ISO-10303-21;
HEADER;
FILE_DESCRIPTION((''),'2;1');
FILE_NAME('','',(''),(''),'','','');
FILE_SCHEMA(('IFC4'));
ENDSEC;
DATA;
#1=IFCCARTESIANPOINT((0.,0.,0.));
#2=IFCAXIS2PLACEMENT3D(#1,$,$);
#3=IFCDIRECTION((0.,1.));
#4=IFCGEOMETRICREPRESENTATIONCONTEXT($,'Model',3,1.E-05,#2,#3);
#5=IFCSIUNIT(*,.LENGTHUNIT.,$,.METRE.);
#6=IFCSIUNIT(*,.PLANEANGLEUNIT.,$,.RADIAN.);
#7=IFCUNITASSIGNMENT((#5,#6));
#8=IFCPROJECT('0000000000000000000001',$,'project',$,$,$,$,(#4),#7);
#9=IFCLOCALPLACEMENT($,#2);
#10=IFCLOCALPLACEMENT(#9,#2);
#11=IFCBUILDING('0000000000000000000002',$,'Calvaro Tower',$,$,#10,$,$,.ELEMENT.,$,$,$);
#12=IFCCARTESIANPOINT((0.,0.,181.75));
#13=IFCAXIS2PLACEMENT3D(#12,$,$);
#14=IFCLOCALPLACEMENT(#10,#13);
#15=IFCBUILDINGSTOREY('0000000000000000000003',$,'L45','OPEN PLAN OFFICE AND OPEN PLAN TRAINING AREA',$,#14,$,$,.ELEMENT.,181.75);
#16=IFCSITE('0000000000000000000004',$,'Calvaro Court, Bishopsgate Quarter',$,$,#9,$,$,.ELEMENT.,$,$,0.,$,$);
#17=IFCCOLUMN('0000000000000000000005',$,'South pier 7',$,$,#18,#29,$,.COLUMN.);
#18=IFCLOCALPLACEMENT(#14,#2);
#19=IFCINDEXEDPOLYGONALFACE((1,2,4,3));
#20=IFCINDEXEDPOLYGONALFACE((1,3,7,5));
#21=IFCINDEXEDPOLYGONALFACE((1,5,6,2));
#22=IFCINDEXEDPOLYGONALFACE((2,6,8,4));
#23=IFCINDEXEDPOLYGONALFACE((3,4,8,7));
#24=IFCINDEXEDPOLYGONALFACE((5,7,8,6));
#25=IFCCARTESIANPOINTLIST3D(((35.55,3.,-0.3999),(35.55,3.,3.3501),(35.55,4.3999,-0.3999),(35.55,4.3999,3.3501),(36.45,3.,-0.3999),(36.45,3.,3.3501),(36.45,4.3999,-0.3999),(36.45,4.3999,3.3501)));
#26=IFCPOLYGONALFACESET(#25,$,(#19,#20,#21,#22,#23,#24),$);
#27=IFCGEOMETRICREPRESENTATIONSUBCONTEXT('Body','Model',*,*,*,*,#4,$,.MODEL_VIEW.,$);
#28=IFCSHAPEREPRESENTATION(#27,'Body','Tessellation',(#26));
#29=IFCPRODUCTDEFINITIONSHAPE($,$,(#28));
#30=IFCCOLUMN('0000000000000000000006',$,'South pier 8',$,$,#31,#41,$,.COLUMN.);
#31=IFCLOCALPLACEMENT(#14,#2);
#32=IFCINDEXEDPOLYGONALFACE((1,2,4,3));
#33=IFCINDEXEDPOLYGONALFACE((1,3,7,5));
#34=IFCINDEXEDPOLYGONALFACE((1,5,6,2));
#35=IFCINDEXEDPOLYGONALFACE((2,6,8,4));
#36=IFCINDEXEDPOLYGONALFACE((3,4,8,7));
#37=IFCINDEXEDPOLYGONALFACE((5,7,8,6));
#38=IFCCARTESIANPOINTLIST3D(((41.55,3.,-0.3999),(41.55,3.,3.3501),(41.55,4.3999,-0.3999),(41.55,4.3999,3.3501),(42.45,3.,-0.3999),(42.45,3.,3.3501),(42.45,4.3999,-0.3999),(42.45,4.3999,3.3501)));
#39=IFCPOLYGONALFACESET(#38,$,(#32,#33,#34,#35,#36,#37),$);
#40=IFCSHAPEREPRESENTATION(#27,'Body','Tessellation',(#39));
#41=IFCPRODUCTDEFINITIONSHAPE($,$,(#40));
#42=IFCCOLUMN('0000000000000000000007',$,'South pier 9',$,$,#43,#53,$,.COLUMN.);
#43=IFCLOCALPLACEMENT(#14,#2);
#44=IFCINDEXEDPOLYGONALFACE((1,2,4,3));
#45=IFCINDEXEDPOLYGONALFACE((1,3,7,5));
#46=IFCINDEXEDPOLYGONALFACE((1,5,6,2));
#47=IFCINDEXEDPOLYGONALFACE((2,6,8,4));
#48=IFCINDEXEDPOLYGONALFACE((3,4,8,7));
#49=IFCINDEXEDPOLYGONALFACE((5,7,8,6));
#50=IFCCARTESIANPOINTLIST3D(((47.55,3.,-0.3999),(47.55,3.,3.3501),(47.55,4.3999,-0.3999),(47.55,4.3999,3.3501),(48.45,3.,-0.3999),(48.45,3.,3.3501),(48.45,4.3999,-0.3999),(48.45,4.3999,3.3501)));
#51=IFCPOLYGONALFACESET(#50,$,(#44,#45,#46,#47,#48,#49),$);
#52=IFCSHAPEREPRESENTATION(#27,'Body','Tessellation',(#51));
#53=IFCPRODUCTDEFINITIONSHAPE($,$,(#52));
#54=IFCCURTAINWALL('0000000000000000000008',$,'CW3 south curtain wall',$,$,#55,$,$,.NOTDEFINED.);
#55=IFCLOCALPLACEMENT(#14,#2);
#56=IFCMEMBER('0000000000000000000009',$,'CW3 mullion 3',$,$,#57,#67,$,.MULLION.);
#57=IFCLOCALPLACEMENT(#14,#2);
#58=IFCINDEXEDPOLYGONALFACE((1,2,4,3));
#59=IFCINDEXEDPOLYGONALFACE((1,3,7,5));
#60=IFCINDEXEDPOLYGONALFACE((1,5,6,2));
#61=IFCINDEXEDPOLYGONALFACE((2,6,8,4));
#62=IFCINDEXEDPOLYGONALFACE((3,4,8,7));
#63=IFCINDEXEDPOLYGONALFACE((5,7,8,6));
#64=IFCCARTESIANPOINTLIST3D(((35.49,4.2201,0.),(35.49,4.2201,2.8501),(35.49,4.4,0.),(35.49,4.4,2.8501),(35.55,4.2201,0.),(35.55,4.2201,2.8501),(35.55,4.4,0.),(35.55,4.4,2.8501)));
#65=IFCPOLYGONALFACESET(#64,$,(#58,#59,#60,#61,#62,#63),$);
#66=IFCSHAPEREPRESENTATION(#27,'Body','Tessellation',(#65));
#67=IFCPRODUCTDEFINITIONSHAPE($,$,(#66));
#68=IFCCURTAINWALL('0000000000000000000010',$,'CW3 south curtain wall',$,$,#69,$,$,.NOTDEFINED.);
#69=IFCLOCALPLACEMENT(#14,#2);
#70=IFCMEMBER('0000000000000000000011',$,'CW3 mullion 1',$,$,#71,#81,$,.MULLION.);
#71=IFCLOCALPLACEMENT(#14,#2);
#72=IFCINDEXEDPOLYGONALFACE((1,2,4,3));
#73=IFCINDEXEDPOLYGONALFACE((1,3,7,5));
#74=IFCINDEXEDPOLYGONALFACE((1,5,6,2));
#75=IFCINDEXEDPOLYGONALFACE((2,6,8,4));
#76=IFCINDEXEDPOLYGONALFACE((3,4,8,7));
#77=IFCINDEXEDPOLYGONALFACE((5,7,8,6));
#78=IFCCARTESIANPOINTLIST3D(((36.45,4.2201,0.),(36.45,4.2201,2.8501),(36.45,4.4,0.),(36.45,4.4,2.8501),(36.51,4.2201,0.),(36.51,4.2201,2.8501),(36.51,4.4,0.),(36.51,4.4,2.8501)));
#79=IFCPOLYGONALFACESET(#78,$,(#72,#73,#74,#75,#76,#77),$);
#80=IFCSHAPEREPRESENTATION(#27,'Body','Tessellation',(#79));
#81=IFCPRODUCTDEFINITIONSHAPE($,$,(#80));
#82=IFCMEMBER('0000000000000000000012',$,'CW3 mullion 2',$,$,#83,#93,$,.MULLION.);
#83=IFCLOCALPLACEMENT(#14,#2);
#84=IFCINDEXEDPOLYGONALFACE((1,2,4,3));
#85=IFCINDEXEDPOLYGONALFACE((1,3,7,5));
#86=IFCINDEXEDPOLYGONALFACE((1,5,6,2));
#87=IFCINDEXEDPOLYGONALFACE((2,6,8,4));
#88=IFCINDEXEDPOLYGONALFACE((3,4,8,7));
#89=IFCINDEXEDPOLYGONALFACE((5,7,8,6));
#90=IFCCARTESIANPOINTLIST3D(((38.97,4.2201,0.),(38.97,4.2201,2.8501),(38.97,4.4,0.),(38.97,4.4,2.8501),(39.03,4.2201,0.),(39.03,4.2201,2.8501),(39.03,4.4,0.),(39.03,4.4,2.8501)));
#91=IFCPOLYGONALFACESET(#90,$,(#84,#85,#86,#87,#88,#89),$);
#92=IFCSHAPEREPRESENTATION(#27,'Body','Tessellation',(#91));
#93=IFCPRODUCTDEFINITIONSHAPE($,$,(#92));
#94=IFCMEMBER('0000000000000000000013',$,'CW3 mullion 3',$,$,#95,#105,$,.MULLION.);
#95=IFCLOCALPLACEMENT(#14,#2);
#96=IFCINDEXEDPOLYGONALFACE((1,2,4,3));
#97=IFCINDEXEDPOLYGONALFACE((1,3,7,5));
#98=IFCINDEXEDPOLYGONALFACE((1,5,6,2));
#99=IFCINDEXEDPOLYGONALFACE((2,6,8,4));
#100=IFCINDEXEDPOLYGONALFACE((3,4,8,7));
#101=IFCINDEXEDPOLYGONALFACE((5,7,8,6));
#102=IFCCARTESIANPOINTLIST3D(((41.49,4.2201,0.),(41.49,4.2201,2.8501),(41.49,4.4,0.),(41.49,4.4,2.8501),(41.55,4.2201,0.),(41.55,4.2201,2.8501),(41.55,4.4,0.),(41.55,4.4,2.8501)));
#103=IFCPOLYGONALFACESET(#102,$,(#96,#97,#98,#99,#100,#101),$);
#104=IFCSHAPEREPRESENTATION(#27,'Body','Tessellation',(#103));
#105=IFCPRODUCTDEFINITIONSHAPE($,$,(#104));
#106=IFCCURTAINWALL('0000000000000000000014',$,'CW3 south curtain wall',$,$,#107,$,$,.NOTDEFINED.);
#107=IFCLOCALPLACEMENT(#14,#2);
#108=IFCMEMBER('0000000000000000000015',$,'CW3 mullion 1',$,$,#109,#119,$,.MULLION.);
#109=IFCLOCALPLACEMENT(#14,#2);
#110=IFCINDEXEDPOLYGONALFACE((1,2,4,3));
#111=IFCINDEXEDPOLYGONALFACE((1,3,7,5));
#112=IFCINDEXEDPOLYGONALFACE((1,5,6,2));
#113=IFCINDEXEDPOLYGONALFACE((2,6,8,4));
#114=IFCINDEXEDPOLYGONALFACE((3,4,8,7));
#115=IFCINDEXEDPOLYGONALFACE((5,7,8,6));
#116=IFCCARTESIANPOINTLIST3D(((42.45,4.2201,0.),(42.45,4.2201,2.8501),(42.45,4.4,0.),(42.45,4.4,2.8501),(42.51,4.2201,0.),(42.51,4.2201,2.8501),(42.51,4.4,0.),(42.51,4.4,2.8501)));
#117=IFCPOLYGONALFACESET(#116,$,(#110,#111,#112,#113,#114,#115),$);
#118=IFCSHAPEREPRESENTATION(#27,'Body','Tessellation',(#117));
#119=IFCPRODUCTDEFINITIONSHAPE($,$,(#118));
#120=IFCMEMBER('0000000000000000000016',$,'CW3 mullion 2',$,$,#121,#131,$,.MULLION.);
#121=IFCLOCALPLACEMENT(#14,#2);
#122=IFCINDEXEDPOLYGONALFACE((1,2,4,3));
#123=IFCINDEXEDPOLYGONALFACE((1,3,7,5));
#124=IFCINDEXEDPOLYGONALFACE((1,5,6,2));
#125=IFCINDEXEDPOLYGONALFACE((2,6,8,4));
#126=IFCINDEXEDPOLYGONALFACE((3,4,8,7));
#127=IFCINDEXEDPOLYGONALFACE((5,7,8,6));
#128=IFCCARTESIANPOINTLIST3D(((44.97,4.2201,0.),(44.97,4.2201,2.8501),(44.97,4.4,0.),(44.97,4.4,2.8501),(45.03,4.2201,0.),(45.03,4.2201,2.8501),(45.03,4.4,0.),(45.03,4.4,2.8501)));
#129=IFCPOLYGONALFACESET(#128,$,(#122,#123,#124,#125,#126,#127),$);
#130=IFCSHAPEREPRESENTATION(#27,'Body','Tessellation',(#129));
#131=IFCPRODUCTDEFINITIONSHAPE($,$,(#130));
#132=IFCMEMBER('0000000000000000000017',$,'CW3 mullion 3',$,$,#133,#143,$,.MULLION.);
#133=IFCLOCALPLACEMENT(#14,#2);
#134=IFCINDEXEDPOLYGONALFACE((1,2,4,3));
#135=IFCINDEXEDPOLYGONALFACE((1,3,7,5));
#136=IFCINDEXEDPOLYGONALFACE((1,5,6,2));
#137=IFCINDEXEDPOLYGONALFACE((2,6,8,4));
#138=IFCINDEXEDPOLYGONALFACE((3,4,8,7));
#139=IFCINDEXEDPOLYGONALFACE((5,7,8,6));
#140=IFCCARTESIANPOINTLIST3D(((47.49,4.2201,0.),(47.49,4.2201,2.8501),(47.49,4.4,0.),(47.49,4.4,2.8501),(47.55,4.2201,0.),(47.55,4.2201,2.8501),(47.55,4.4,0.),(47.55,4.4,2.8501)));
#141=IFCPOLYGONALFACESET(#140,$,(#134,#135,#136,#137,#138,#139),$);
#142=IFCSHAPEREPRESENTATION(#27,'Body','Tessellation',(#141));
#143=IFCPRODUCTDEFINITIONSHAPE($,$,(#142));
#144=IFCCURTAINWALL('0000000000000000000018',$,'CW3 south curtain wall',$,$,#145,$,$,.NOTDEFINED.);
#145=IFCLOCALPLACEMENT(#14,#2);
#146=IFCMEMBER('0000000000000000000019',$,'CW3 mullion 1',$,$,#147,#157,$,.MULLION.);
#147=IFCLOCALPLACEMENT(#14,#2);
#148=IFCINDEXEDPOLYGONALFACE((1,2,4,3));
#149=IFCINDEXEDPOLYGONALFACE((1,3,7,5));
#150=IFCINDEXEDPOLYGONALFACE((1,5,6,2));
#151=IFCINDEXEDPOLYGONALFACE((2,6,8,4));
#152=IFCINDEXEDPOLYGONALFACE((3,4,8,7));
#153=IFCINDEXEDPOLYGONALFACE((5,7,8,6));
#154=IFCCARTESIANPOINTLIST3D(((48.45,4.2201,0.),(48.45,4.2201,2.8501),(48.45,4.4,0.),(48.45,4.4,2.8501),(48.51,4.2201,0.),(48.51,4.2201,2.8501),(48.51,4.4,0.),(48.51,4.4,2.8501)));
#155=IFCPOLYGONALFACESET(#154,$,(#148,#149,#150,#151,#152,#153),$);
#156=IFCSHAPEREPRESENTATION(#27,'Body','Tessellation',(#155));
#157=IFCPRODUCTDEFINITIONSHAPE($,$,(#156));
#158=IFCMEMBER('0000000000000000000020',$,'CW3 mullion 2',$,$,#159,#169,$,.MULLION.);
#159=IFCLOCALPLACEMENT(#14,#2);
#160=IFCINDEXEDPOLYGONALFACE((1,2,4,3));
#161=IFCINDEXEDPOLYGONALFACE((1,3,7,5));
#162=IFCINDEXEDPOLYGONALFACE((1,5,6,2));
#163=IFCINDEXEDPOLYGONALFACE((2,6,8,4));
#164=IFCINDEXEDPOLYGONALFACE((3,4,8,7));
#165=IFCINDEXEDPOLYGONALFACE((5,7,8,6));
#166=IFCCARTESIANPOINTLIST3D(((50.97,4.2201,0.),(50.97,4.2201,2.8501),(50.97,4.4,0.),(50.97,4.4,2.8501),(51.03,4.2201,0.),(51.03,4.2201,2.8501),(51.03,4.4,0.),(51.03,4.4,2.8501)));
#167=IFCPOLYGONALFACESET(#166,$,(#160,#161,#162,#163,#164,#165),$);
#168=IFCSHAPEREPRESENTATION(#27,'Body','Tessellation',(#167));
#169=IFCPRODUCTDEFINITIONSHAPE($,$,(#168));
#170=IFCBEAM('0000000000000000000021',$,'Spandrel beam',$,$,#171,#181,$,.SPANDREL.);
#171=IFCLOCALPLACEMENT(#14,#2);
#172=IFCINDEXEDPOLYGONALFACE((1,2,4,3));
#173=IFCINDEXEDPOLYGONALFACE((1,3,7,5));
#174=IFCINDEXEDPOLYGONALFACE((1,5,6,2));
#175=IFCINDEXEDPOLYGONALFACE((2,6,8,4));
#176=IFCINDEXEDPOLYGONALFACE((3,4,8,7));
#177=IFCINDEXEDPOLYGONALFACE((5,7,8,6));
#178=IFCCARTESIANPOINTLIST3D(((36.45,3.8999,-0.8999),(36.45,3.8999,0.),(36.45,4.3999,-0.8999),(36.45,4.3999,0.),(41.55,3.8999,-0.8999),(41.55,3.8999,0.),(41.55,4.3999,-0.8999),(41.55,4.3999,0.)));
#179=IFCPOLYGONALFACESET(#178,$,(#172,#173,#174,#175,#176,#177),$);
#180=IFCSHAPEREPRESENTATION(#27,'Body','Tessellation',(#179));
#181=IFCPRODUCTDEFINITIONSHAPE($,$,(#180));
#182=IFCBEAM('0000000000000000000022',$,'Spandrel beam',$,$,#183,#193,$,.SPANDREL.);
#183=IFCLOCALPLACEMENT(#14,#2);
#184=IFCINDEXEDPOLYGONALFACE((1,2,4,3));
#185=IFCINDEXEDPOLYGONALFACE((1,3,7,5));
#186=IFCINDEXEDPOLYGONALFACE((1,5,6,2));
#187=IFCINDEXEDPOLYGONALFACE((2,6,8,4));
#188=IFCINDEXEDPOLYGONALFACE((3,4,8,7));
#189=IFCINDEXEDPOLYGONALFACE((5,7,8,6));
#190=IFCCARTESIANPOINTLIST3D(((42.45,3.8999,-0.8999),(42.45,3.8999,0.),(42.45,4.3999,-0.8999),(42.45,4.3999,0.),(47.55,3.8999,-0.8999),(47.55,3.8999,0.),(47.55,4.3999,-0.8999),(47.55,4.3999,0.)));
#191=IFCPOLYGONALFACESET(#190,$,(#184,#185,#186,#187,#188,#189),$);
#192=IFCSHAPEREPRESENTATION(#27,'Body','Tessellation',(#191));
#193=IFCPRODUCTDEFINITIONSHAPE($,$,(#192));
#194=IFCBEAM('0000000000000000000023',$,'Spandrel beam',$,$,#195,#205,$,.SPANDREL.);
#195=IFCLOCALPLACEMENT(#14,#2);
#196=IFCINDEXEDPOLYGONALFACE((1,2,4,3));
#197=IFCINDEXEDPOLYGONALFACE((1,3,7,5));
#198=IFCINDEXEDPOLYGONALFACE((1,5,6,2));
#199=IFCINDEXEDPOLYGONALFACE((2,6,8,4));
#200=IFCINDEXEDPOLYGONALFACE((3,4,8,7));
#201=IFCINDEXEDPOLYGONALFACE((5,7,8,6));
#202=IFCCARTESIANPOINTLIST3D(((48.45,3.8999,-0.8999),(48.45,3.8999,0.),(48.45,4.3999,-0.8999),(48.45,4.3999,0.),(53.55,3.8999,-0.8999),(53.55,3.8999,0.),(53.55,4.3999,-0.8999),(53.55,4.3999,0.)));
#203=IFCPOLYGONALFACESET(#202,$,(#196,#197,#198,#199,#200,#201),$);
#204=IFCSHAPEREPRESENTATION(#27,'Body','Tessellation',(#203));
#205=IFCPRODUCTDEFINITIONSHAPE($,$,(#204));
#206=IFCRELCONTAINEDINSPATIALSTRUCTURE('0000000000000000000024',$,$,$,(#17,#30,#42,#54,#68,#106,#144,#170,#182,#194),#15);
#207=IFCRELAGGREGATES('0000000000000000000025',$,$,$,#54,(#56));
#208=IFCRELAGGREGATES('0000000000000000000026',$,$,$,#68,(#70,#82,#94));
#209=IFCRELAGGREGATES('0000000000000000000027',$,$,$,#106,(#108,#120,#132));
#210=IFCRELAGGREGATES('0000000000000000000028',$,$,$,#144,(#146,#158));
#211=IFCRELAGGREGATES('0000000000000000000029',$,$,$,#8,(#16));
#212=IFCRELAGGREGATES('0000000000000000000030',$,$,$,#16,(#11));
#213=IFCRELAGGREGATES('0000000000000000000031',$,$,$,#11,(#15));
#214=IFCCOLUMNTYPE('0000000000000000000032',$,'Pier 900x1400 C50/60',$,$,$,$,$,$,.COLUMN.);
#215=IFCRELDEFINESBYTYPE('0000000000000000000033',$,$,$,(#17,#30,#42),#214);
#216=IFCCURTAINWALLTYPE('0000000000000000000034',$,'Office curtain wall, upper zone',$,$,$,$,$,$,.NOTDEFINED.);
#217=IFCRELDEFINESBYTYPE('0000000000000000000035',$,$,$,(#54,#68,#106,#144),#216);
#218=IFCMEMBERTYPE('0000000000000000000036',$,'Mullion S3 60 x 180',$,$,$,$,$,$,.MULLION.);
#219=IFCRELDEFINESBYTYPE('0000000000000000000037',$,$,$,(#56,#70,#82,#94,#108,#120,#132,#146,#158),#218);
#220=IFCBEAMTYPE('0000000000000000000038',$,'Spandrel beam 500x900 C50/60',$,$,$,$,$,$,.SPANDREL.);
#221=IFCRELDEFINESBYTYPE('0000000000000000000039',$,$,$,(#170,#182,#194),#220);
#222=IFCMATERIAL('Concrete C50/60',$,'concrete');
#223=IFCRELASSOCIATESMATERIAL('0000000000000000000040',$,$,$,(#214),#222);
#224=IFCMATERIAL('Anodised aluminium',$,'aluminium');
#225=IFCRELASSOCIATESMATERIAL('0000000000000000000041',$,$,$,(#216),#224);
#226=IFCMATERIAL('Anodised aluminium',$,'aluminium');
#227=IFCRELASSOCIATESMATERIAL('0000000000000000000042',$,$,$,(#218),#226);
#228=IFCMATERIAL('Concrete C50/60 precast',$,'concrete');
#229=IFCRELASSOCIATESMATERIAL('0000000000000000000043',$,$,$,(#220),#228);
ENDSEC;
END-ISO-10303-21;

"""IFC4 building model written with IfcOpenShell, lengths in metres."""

from ifc_helpers import new_model, si_unit, direction, frame, origin, origin_2d, place, context, subcontext, project, spatial, rectangle, extrude, material, material_profile, profile_set, type_object, element, aggregate, save


model = new_model("IFC4")

# Units and contexts
model_context = context("Model", 3, precision=1e-05, world=origin(), true_north=direction((0.0, 1.0)))
body_context = subcontext(model_context, "Body", "Model", "MODEL_VIEW")
ifc_project = project(units=[si_unit("LENGTHUNIT", "METRE"), si_unit("PLANEANGLEUNIT", "RADIAN")], contexts=[model_context])

# Site, building, storey
site_placement = place(None, origin())
site = spatial("IfcSite", under=ifc_project, at=site_placement, Name="Calvaro Court, Bishopsgate Quarter", CompositionType="ELEMENT", RefElevation=0.0)
building_placement = place(site_placement, origin())
building = spatial("IfcBuilding", under=site, at=building_placement, Name="Calvaro Tower", CompositionType="ELEMENT")
storey_placement = place(building_placement, frame((0.0, 0.0, 181.75)))
storey = spatial("IfcBuildingStorey", under=building, at=storey_placement, Name="L45", Description="OPEN PLAN OFFICE AND OPEN PLAN TRAINING AREA", CompositionType="ELEMENT", Elevation=181.75)

# Columns
ifc_material_1 = material(Name="Concrete C50/60", Category="concrete")
ifc_material_profile_1 = material_profile(ifc_material_1, rectangle(XDim=0.8999, YDim=1.3999, at=origin_2d()), Name="RC 900x1400")
ifc_profile_set_1 = profile_set([ifc_material_profile_1], Name="Concrete C50/60")
column_type = type_object("IfcColumnType", Name="Pier 900x1400 C50/60", PredefinedType="COLUMN", material=ifc_profile_set_1)
for number, where, z_axis, x_axis, name in (
    (1, (36.0, 3.7, -0.3999), (0.0, 0.0, 1.0), (1.0, 0.0, 0.0), "South pier 7"),
    (2, (42.0, 3.7, -0.3999), (0.0, 0.0, 1.0), (1.0, 0.0, 0.0), "South pier 8"),
    (3, (48.0, 3.7, -0.3999), (0.0, 0.0, 1.0), (1.0, 0.0, 0.0), "South pier 9"),
):
    element("IfcColumn", number, at=place(storey_placement, frame(where, z_axis=z_axis, x_axis=x_axis)), inside=storey, type_object=column_type, Name=name, PredefinedType="COLUMN", context=body_context, shape_type="SweptSolid", body=[
        extrude(rectangle(XDim=0.8999, YDim=1.3999, at=origin_2d()), origin(), (0.0, 0.0, 1.0), 3.75),
    ])

# Curtain wall, member
ifc_material_2 = material(Name="Anodised aluminium", Category="aluminium")
curtain_wall_type = type_object("IfcCurtainWallType", Name="Office curtain wall, upper zone", PredefinedType="NOTDEFINED", material=ifc_material_2)
curtain_wall_1_placement = place(storey_placement, origin())
curtain_wall_1 = element("IfcCurtainWall", 4, at=curtain_wall_1_placement, inside=storey, type_object=curtain_wall_type, Name="CW3 south curtain wall", PredefinedType="NOTDEFINED")
ifc_material_3 = material(Name="Anodised aluminium", Category="aluminium")
ifc_material_profile_2 = material_profile(ifc_material_3, rectangle(XDim=0.1799, YDim=0.0601, at=origin_2d()), Name="Mullion S3 60 x 180")
ifc_profile_set_2 = profile_set([ifc_material_profile_2], Name="Anodised aluminium")
member_type_1 = type_object("IfcMemberType", Name="Mullion S3 60 x 180", PredefinedType="MULLION", material=ifc_profile_set_2)
member_1_placement = place(storey_placement, frame((35.52, 4.3101, 0.0), z_axis=(0.0, 0.0, 1.0), x_axis=(0.0, 1.0, 0.0)))
member_1 = element("IfcMember", 5, at=member_1_placement, type_object=member_type_1, Name="CW3 mullion 3", PredefinedType="MULLION", context=body_context, shape_type="SweptSolid", body=[
    extrude(rectangle(XDim=0.1799, YDim=0.0601, at=origin_2d()), origin(), (0.0, 0.0, 1.0), 2.8501),
])
aggregate(curtain_wall_1, [member_1])

# Curtain walls, members
curtain_wall_2_placement = place(storey_placement, origin())
curtain_wall_2 = element("IfcCurtainWall", 6, at=curtain_wall_2_placement, inside=storey, type_object=curtain_wall_type, Name="CW3 south curtain wall", PredefinedType="NOTDEFINED")
member_2_placement = place(storey_placement, frame((36.48, 4.3101, 0.0), z_axis=(0.0, 0.0, 1.0), x_axis=(0.0, 1.0, 0.0)))
member_2 = element("IfcMember", 7, at=member_2_placement, type_object=member_type_1, Name="CW3 mullion 1", PredefinedType="MULLION", context=body_context, shape_type="SweptSolid", body=[
    extrude(rectangle(XDim=0.1799, YDim=0.0601, at=origin_2d()), origin(), (0.0, 0.0, 1.0), 2.8501),
])
member_3_placement = place(storey_placement, frame((39.0, 4.3101, 0.0), z_axis=(0.0, 0.0, 1.0), x_axis=(0.0, 1.0, 0.0)))
member_3 = element("IfcMember", 8, at=member_3_placement, type_object=member_type_1, Name="CW3 mullion 2", PredefinedType="MULLION", context=body_context, shape_type="SweptSolid", body=[
    extrude(rectangle(XDim=0.1799, YDim=0.0601, at=origin_2d()), origin(), (0.0, 0.0, 1.0), 2.8501),
])
member_4_placement = place(storey_placement, frame((41.52, 4.3101, 0.0), z_axis=(0.0, 0.0, 1.0), x_axis=(0.0, 1.0, 0.0)))
member_4 = element("IfcMember", 9, at=member_4_placement, type_object=member_type_1, Name="CW3 mullion 3", PredefinedType="MULLION", context=body_context, shape_type="SweptSolid", body=[
    extrude(rectangle(XDim=0.1799, YDim=0.0601, at=origin_2d()), origin(), (0.0, 0.0, 1.0), 2.8501),
])
curtain_wall_3_placement = place(storey_placement, origin())
curtain_wall_3 = element("IfcCurtainWall", 10, at=curtain_wall_3_placement, inside=storey, type_object=curtain_wall_type, Name="CW3 south curtain wall", PredefinedType="NOTDEFINED")
member_5_placement = place(storey_placement, frame((42.48, 4.3101, 0.0), z_axis=(0.0, 0.0, 1.0), x_axis=(0.0, 1.0, 0.0)))
member_5 = element("IfcMember", 11, at=member_5_placement, type_object=member_type_1, Name="CW3 mullion 1", PredefinedType="MULLION", context=body_context, shape_type="SweptSolid", body=[
    extrude(rectangle(XDim=0.1799, YDim=0.0601, at=origin_2d()), origin(), (0.0, 0.0, 1.0), 2.8501),
])
member_6_placement = place(storey_placement, frame((45.0, 4.3101, 0.0), z_axis=(0.0, 0.0, 1.0), x_axis=(0.0, 1.0, 0.0)))
member_6 = element("IfcMember", 12, at=member_6_placement, type_object=member_type_1, Name="CW3 mullion 2", PredefinedType="MULLION", context=body_context, shape_type="SweptSolid", body=[
    extrude(rectangle(XDim=0.1799, YDim=0.0601, at=origin_2d()), origin(), (0.0, 0.0, 1.0), 2.8501),
])
member_7_placement = place(storey_placement, frame((47.52, 4.3101, 0.0), z_axis=(0.0, 0.0, 1.0), x_axis=(0.0, 1.0, 0.0)))
member_7 = element("IfcMember", 13, at=member_7_placement, type_object=member_type_1, Name="CW3 mullion 3", PredefinedType="MULLION", context=body_context, shape_type="SweptSolid", body=[
    extrude(rectangle(XDim=0.1799, YDim=0.0601, at=origin_2d()), origin(), (0.0, 0.0, 1.0), 2.8501),
])
curtain_wall_4_placement = place(storey_placement, origin())
curtain_wall_4 = element("IfcCurtainWall", 14, at=curtain_wall_4_placement, inside=storey, type_object=curtain_wall_type, Name="CW3 south curtain wall", PredefinedType="NOTDEFINED")
member_8_placement = place(storey_placement, frame((48.48, 4.3101, 0.0), z_axis=(0.0, 0.0, 1.0), x_axis=(0.0, 1.0, 0.0)))
member_8 = element("IfcMember", 15, at=member_8_placement, type_object=member_type_1, Name="CW3 mullion 1", PredefinedType="MULLION", context=body_context, shape_type="SweptSolid", body=[
    extrude(rectangle(XDim=0.1799, YDim=0.0601, at=origin_2d()), origin(), (0.0, 0.0, 1.0), 2.8501),
])
member_9_placement = place(storey_placement, frame((51.0, 4.3101, 0.0), z_axis=(0.0, 0.0, 1.0), x_axis=(0.0, 1.0, 0.0)))
member_9 = element("IfcMember", 16, at=member_9_placement, type_object=member_type_1, Name="CW3 mullion 2", PredefinedType="MULLION", context=body_context, shape_type="SweptSolid", body=[
    extrude(rectangle(XDim=0.1799, YDim=0.0601, at=origin_2d()), origin(), (0.0, 0.0, 1.0), 2.8501),
])

# Beams
ifc_material_4 = material(Name="Concrete C50/60 precast", Category="concrete")
ifc_material_profile_3 = material_profile(ifc_material_4, rectangle(XDim=0.5, YDim=0.8999, at=origin_2d()), Name="RC 500x900")
ifc_profile_set_3 = profile_set([ifc_material_profile_3], Name="Concrete C50/60 precast")
beam_type = type_object("IfcBeamType", Name="Spandrel beam 500x900 C50/60", PredefinedType="SPANDREL", material=ifc_profile_set_3)
for number, where, z_axis, x_axis, name in (
    (17, (36.45, 4.1499, -0.45), (1.0, 0.0, 0.0), (0.0, 1.0, 0.0), "Spandrel beam"),
    (18, (42.45, 4.1499, -0.45), (1.0, 0.0, 0.0), (0.0, 1.0, 0.0), "Spandrel beam"),
    (19, (48.45, 4.1499, -0.45), (1.0, 0.0, 0.0), (0.0, 1.0, 0.0), "Spandrel beam"),
):
    element("IfcBeam", number, at=place(storey_placement, frame(where, z_axis=z_axis, x_axis=x_axis)), inside=storey, type_object=beam_type, Name=name, PredefinedType="SPANDREL", context=body_context, shape_type="SweptSolid", body=[
        extrude(rectangle(XDim=0.5, YDim=0.8999, at=origin_2d()), origin(), (0.0, 0.0, 1.0), 5.1001),
    ])

aggregate(curtain_wall_2, [member_2, member_3, member_4])
aggregate(curtain_wall_3, [member_5, member_6, member_7])
aggregate(curtain_wall_4, [member_8, member_9])

save(model, "model.ifc")
